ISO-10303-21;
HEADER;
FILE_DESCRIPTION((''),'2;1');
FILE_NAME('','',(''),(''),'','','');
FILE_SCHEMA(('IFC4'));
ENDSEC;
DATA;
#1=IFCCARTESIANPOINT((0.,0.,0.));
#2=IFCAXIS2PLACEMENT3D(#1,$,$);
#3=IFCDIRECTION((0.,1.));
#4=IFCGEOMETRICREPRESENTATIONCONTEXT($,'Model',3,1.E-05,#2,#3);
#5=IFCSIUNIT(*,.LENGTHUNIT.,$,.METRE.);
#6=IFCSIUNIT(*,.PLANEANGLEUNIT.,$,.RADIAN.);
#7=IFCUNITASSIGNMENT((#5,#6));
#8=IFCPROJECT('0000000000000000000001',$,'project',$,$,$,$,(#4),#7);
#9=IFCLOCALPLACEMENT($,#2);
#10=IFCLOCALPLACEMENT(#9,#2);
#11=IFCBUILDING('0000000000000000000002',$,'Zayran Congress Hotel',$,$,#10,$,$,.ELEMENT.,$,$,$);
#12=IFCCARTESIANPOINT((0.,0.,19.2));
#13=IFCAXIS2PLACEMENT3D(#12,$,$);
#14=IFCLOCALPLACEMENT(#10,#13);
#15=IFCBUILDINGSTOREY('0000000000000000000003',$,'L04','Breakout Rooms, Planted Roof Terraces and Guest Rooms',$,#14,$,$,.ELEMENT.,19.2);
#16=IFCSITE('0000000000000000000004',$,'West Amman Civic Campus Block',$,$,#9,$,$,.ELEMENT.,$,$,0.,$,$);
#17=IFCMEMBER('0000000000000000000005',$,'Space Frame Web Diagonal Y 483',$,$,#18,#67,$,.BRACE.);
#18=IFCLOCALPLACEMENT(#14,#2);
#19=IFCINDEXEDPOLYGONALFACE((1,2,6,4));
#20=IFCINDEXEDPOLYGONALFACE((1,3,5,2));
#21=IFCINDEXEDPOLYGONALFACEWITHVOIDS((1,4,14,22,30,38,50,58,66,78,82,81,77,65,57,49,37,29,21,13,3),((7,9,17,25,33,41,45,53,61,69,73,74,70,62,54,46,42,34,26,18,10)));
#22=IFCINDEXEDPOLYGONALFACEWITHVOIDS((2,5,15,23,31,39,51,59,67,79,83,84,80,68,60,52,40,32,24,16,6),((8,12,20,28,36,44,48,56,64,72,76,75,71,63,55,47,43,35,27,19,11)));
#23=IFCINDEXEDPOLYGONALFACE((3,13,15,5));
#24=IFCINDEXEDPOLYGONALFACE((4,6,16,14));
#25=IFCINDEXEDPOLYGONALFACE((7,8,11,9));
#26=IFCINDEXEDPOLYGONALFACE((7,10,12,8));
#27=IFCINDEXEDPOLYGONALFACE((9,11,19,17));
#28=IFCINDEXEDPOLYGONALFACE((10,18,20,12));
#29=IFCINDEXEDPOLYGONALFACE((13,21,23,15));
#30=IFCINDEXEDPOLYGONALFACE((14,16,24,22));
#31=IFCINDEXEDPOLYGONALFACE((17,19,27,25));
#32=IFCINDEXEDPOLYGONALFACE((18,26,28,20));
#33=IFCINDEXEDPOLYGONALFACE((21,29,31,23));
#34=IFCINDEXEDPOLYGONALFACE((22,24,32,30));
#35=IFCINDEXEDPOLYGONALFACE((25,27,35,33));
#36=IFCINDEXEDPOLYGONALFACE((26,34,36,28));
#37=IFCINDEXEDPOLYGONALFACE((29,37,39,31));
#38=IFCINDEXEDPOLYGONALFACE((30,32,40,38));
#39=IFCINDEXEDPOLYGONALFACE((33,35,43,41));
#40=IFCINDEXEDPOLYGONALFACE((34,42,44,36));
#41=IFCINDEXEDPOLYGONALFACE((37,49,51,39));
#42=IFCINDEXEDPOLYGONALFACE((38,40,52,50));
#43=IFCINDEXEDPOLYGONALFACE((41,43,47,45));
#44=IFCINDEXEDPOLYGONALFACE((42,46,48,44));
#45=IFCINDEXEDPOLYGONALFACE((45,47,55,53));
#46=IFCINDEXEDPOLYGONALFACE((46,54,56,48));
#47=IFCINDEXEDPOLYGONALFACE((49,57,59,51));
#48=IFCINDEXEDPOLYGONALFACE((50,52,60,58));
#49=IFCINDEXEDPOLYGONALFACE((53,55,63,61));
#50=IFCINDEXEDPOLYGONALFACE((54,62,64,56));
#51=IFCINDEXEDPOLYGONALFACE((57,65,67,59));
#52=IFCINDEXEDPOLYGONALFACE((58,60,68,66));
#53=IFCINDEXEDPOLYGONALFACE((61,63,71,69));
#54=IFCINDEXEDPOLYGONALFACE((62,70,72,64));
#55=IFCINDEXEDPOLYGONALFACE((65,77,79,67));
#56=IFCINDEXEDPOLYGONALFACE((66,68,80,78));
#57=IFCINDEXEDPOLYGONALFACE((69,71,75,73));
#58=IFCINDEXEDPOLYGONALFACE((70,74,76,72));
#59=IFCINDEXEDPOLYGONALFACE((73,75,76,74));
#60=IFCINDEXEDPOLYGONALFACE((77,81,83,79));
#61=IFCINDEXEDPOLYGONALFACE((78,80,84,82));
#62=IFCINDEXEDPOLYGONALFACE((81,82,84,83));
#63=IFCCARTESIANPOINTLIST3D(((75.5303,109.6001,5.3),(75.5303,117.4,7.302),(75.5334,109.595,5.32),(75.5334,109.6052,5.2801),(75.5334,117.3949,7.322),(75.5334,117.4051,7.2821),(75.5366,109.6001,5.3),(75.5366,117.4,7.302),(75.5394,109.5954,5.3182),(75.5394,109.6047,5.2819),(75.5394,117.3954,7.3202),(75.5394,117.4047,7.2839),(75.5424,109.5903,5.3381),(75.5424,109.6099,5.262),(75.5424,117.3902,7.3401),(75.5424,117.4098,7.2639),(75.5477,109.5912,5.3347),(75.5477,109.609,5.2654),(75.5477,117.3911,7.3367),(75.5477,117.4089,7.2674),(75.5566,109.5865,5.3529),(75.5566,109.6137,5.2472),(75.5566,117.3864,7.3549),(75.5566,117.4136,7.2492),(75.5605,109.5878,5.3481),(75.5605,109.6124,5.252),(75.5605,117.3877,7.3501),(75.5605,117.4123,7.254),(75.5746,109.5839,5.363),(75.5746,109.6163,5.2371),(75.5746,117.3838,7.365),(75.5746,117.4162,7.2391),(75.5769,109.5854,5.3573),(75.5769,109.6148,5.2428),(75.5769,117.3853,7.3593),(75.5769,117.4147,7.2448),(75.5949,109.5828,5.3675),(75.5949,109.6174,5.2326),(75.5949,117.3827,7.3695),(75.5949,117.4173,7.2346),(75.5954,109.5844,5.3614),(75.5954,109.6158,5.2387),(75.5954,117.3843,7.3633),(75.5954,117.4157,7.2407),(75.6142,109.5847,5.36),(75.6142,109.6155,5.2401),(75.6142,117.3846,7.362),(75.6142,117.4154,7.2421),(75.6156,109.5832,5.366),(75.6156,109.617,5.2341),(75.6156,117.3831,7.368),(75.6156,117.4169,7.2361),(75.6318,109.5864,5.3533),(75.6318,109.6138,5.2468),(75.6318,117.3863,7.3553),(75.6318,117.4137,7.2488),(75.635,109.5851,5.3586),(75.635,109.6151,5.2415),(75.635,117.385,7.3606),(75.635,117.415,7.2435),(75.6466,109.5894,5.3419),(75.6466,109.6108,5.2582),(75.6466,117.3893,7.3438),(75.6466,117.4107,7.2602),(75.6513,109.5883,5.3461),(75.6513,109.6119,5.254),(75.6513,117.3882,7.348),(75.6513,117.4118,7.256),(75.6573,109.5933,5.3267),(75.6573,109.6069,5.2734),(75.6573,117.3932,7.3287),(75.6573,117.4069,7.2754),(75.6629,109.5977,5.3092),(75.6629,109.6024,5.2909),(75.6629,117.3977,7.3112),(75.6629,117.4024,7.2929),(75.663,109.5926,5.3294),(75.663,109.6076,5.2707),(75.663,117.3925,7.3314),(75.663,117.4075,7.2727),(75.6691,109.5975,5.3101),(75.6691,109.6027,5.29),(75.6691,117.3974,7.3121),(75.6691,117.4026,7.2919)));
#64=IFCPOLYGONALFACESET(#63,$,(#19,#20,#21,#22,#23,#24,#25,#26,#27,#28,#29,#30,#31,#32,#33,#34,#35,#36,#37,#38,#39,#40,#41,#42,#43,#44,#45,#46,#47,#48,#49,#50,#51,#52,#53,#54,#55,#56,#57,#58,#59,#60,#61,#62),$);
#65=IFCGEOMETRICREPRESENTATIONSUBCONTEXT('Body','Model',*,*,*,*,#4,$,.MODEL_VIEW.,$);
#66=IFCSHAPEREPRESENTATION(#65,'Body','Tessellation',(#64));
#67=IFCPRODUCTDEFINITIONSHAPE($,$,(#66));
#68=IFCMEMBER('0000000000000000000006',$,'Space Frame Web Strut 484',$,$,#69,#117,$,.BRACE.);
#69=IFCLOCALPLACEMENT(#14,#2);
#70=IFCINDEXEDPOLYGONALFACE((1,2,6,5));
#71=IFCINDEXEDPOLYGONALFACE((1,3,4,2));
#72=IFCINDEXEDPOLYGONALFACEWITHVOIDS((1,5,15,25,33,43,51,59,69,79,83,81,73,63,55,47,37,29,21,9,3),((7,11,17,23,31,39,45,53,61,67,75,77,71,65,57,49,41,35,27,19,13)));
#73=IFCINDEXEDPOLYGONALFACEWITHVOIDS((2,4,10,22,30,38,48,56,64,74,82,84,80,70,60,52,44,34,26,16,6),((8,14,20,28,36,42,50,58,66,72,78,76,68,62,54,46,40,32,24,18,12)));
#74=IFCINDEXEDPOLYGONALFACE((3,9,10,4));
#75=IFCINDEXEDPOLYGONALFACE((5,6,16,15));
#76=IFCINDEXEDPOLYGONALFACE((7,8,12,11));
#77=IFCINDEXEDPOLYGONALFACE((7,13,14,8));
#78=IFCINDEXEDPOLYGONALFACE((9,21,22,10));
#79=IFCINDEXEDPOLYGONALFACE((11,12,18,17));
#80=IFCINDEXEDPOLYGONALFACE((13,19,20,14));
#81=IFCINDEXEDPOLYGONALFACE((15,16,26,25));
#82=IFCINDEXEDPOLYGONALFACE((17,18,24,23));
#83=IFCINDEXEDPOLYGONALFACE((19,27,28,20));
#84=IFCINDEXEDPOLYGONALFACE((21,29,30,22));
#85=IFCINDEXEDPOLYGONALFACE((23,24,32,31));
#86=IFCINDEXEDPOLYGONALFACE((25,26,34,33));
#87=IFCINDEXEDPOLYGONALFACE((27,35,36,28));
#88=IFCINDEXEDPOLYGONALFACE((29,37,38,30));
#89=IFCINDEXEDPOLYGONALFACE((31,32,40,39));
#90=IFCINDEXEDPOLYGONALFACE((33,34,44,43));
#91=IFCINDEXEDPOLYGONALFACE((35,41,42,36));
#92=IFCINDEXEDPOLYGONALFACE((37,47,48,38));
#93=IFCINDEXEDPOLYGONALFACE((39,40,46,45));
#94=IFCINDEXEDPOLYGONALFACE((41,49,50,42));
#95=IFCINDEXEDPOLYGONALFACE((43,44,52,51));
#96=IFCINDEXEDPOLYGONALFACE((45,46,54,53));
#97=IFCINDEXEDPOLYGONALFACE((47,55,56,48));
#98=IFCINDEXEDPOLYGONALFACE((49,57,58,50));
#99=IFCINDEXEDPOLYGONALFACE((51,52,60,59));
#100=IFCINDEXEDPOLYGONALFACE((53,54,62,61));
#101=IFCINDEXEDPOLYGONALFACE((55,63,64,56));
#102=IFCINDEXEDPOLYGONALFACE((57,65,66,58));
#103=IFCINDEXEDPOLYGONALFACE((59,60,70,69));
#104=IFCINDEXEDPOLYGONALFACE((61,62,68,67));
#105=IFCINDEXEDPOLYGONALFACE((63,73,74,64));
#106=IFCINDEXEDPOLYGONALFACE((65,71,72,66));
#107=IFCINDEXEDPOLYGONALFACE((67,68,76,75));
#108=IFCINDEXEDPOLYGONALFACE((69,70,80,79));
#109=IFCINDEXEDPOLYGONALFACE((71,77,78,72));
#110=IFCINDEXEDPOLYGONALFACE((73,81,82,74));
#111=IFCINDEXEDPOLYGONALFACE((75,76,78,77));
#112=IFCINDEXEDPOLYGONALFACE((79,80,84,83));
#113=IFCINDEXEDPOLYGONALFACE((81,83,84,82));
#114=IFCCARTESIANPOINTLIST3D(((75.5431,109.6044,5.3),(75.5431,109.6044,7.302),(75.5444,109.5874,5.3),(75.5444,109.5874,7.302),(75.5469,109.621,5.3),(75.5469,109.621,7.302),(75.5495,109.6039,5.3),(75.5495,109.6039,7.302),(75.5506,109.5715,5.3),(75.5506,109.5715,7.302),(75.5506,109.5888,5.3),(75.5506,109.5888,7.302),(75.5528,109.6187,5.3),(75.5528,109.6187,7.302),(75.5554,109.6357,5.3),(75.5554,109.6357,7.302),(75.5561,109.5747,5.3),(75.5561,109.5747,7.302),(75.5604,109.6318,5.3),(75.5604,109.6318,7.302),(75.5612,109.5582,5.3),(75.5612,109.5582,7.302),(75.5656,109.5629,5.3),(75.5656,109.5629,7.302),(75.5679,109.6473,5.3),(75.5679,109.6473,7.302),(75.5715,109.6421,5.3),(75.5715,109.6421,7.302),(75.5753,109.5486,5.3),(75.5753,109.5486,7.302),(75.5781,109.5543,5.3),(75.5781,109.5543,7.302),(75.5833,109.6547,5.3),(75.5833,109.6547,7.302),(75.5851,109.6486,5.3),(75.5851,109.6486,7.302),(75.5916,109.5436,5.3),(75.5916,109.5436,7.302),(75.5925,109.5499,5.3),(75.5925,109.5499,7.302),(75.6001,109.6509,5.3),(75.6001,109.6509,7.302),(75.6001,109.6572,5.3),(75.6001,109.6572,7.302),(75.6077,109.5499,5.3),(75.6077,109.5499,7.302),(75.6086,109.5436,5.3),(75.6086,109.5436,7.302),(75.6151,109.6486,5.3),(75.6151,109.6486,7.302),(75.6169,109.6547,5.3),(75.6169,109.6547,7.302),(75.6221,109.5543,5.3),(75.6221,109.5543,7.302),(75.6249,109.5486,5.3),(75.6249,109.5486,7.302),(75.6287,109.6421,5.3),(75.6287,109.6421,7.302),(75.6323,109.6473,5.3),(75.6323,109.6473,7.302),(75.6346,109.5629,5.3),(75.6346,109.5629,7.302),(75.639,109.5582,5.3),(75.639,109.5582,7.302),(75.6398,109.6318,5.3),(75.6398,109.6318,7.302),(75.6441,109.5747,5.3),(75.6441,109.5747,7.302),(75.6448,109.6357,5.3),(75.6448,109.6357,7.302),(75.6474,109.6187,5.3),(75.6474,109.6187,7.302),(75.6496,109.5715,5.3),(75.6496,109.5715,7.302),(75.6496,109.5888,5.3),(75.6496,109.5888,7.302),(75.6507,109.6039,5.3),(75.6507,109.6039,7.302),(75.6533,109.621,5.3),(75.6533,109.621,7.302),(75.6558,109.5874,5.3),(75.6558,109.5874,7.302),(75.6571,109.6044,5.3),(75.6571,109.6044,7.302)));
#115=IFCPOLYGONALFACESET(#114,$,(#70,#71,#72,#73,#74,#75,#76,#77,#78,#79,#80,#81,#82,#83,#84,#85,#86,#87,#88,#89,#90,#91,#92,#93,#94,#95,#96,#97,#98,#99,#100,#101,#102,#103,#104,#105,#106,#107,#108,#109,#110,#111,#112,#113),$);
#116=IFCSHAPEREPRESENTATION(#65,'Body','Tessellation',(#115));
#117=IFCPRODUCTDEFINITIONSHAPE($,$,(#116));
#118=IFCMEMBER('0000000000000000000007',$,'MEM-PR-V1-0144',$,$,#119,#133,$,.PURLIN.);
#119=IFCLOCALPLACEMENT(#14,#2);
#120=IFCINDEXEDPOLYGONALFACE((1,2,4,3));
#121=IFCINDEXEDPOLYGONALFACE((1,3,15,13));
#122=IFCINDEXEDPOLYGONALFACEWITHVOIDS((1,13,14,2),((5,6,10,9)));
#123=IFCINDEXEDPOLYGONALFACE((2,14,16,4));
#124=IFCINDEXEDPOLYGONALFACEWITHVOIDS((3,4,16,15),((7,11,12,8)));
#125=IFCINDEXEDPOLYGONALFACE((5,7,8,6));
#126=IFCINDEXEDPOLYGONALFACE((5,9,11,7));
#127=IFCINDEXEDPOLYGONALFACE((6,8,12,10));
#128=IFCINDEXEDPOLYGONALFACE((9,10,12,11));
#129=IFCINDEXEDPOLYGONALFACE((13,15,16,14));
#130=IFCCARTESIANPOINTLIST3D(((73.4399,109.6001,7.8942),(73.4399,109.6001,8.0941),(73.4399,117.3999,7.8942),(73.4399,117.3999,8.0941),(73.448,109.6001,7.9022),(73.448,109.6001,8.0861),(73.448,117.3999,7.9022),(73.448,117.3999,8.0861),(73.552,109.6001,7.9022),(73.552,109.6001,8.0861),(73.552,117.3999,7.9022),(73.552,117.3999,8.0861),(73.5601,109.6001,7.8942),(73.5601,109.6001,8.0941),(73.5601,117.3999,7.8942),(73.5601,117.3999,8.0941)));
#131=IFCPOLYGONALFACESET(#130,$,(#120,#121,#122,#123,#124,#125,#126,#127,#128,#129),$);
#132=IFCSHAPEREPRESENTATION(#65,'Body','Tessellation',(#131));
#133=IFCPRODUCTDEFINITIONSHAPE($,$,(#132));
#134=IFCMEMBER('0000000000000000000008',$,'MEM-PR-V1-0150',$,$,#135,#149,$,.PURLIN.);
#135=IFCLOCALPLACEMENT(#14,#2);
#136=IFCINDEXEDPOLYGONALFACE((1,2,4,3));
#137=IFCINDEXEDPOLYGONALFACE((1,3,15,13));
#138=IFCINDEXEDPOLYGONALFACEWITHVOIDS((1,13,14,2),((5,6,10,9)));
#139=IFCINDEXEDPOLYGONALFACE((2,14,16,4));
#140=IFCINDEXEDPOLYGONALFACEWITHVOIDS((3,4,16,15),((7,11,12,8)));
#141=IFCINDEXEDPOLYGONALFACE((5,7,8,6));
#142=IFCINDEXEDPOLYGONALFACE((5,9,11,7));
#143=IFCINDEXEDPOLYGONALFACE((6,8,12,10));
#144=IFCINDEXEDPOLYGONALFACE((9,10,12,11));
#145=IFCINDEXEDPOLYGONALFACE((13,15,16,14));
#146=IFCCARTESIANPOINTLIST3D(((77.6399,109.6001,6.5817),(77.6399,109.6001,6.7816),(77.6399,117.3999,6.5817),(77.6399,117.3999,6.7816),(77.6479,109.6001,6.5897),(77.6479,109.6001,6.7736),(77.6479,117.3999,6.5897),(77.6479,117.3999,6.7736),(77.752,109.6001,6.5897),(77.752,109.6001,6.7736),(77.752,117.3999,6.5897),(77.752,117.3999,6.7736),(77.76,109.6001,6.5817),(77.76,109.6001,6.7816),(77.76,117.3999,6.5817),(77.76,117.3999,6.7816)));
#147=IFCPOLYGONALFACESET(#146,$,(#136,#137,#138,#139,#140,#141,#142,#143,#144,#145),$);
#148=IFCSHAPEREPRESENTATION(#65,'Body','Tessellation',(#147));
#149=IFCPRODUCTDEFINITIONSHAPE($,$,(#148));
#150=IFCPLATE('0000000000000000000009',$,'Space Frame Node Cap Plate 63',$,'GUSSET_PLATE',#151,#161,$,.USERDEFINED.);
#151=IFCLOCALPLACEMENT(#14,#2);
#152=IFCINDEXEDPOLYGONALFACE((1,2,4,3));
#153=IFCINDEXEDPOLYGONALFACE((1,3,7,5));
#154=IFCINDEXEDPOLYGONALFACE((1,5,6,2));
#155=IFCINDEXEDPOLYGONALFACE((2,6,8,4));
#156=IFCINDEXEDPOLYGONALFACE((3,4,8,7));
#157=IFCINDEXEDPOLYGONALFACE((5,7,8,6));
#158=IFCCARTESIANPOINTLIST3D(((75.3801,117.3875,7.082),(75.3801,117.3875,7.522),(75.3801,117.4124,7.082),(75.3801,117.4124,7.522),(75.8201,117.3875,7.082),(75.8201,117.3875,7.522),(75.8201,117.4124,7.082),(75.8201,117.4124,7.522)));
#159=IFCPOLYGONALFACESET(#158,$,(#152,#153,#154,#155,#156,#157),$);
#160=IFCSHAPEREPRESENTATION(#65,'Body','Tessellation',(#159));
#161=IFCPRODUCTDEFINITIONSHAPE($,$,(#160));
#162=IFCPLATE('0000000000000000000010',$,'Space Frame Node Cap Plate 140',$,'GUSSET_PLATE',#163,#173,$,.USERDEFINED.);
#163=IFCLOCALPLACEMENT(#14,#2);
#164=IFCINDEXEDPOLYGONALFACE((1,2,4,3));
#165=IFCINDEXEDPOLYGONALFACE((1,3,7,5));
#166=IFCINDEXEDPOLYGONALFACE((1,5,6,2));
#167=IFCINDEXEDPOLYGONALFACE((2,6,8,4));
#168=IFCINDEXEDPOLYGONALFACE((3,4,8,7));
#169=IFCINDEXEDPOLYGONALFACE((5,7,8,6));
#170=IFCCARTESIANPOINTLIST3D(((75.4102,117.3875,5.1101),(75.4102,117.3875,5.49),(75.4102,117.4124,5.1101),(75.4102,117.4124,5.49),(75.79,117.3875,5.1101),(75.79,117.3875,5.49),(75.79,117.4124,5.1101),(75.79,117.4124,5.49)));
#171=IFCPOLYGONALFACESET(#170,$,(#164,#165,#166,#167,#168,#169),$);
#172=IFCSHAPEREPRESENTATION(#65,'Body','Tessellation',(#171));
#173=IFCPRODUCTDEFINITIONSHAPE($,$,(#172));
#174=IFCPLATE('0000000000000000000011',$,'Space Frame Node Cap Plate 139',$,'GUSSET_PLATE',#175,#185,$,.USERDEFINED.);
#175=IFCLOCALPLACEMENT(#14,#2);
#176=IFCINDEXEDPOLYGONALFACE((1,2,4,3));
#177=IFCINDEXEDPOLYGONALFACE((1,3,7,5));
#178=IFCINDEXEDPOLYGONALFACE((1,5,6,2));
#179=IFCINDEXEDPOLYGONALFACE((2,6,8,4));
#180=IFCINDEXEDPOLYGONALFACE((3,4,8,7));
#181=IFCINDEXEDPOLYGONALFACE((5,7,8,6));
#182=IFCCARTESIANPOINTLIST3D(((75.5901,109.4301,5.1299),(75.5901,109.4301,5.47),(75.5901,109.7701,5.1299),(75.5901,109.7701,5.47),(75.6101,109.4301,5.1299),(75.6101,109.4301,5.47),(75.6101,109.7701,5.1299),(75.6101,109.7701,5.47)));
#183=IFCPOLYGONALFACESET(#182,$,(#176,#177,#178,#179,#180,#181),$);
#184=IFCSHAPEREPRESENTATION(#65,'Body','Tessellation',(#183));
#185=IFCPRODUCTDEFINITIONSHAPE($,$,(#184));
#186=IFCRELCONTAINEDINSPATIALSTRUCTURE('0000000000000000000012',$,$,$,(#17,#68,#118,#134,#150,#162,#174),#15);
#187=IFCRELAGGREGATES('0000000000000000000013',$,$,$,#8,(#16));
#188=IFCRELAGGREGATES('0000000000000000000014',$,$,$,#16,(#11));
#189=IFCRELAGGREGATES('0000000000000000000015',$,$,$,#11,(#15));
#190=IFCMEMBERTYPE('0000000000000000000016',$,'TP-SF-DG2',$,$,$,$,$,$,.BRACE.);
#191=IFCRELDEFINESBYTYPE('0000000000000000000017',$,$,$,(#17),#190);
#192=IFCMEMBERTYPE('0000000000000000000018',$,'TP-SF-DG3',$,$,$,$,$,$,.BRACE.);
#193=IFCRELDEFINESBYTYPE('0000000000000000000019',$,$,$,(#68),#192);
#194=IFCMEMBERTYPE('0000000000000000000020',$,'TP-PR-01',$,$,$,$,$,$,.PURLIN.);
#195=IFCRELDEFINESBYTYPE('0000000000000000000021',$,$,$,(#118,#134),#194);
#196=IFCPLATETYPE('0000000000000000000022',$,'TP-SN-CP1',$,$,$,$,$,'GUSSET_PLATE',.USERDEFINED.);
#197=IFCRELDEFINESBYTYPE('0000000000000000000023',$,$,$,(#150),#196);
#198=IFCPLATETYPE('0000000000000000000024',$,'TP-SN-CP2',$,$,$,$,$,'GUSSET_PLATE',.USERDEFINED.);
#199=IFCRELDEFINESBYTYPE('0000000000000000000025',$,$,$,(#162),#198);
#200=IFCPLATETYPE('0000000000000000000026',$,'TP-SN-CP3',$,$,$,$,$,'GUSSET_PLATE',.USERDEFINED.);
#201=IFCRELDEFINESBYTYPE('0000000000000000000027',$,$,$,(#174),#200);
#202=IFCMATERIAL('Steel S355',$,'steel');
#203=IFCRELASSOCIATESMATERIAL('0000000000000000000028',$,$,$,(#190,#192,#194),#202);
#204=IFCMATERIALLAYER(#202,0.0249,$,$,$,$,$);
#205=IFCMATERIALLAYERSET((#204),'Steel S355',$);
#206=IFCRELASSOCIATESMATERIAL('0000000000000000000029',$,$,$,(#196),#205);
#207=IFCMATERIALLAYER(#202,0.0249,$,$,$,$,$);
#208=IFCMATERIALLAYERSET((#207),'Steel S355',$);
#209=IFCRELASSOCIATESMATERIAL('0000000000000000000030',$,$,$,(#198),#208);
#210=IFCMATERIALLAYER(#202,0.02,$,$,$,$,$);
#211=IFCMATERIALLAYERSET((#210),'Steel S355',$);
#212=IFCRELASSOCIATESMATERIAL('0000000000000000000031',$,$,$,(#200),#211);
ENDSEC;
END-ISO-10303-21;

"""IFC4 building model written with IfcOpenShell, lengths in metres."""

from ifc_helpers import new_model, si_unit, direction, frame, origin, origin_2d, place, context, subcontext, project, spatial, rectangle, hollow_rectangle, hollow_circle, extrude, material, layer, layer_set, material_profile, profile_set, type_object, element, save


model = new_model("IFC4")

# Units and contexts
model_context = context("Model", 3, precision=1e-05, world=origin(), true_north=direction((0.0, 1.0)))
body_context = subcontext(model_context, "Body", "Model", "MODEL_VIEW")
ifc_project = project(units=[si_unit("LENGTHUNIT", "METRE"), si_unit("PLANEANGLEUNIT", "RADIAN")], contexts=[model_context])

# Site, building, storey
site_placement = place(None, origin())
site = spatial("IfcSite", under=ifc_project, at=site_placement, Name="West Amman Civic Campus Block", CompositionType="ELEMENT", RefElevation=0.0)
building_placement = place(site_placement, origin())
building = spatial("IfcBuilding", under=site, at=building_placement, Name="Zayran Congress Hotel", CompositionType="ELEMENT")
storey_placement = place(building_placement, frame((0.0, 0.0, 19.2)))
storey = spatial("IfcBuildingStorey", under=building, at=storey_placement, Name="L04", Description="Breakout Rooms, Planted Roof Terraces and Guest Rooms", CompositionType="ELEMENT", Elevation=19.2)

# Shared definitions
ifc_material_1 = material(Name="Steel S355", Category="steel")

# Members
ifc_material_profile_1 = material_profile(ifc_material_1, hollow_circle(Radius=0.0698, WallThickness=0.0063, at=origin_2d()), Name="CHS 139.7x6.3")
ifc_profile_set_1 = profile_set([ifc_material_profile_1], Name="Steel S355")
member_type_1 = type_object("IfcMemberType", Name="TP-SF-DG2", PredefinedType="BRACE", material=ifc_profile_set_1)
member_1_placement = place(storey_placement, frame((75.6001, 109.6001, 5.3), z_axis=(0.0, 0.968604, 0.248609), x_axis=(-1.0, 0.0, 0.0)))
element("IfcMember", 1, at=member_1_placement, inside=storey, type_object=member_type_1, Name="Space Frame Web Diagonal Y 483", PredefinedType="BRACE", context=body_context, shape_type="SweptSolid", body=[
    extrude(hollow_circle(Radius=0.0698, WallThickness=0.0063, at=origin_2d()), origin(), (0.0, 0.0, 1.0), 8.0527),
])
ifc_material_profile_2 = material_profile(ifc_material_1, hollow_circle(Radius=0.0571, WallThickness=0.0063, at=origin_2d()), Name="CHS 114.3x6.3")
ifc_profile_set_2 = profile_set([ifc_material_profile_2], Name="Steel S355")
member_type_2 = type_object("IfcMemberType", Name="TP-SF-DG3", PredefinedType="BRACE", material=ifc_profile_set_2)
member_2_placement = place(storey_placement, frame((75.6001, 109.6001, 5.3), z_axis=(0.0, 0.0, 1.0), x_axis=(0.0, 1.0, 0.0)))
element("IfcMember", 2, at=member_2_placement, inside=storey, type_object=member_type_2, Name="Space Frame Web Strut 484", PredefinedType="BRACE", context=body_context, shape_type="SweptSolid", body=[
    extrude(hollow_circle(Radius=0.0571, WallThickness=0.0063, at=origin_2d()), origin(), (0.0, 0.0, 1.0), 2.002),
])
ifc_material_profile_3 = material_profile(ifc_material_1, hollow_rectangle(XDim=0.1201, YDim=0.2, WallThickness=0.0081, at=origin_2d()), Name="RHS 200x120x8")
ifc_profile_set_3 = profile_set([ifc_material_profile_3], Name="Steel S355")
member_type_3 = type_object("IfcMemberType", Name="TP-PR-01", PredefinedType="PURLIN", material=ifc_profile_set_3)
for number, where, z_axis, x_axis, name in (
    (3, (73.5, 109.6001, 7.9941), (0.0, 1.0, 0.0), (-1.0, 0.0, 0.0), "MEM-PR-V1-0144"),
    (4, (77.7, 109.6001, 6.6816), (0.0, 1.0, 0.0), (-1.0, 0.0, 0.0), "MEM-PR-V1-0150"),
):
    element("IfcMember", number, at=place(storey_placement, frame(where, z_axis=z_axis, x_axis=x_axis)), inside=storey, type_object=member_type_3, Name=name, PredefinedType="PURLIN", context=body_context, shape_type="SweptSolid", body=[
        extrude(hollow_rectangle(XDim=0.1201, YDim=0.2, WallThickness=0.0081, at=origin_2d()), origin(), (0.0, 0.0, 1.0), 7.7998),
    ])

# Plates
ifc_layer_1 = layer(ifc_material_1, 0.0249)
ifc_layer_set_1 = layer_set([ifc_layer_1], Name="Steel S355")
plate_type_1 = type_object("IfcPlateType", Name="TP-SN-CP1", ElementType="GUSSET_PLATE", PredefinedType="USERDEFINED", material=ifc_layer_set_1)
plate_1_placement = place(storey_placement, frame((75.6001, 117.3999, 7.082), z_axis=(0.0, 0.0, 1.0), x_axis=(1.0, 0.0, 0.0)))
element("IfcPlate", 5, at=plate_1_placement, inside=storey, type_object=plate_type_1, Name="Space Frame Node Cap Plate 63", ObjectType="GUSSET_PLATE", PredefinedType="USERDEFINED", context=body_context, shape_type="SweptSolid", body=[
    extrude(rectangle(XDim=0.4399, YDim=0.0249, at=origin_2d()), origin(), (0.0, 0.0, 1.0), 0.4399),
])
ifc_layer_2 = layer(ifc_material_1, 0.0249)
ifc_layer_set_2 = layer_set([ifc_layer_2], Name="Steel S355")
plate_type_2 = type_object("IfcPlateType", Name="TP-SN-CP2", ElementType="GUSSET_PLATE", PredefinedType="USERDEFINED", material=ifc_layer_set_2)
plate_2_placement = place(storey_placement, frame((75.6001, 117.3999, 5.1101), z_axis=(0.0, 0.0, 1.0), x_axis=(1.0, 0.0, 0.0)))
element("IfcPlate", 6, at=plate_2_placement, inside=storey, type_object=plate_type_2, Name="Space Frame Node Cap Plate 140", ObjectType="GUSSET_PLATE", PredefinedType="USERDEFINED", context=body_context, shape_type="SweptSolid", body=[
    extrude(rectangle(XDim=0.3799, YDim=0.0249, at=origin_2d()), origin(), (0.0, 0.0, 1.0), 0.3799),
])
ifc_layer_3 = layer(ifc_material_1, 0.02)
ifc_layer_set_3 = layer_set([ifc_layer_3], Name="Steel S355")
plate_type_3 = type_object("IfcPlateType", Name="TP-SN-CP3", ElementType="GUSSET_PLATE", PredefinedType="USERDEFINED", material=ifc_layer_set_3)
plate_3_placement = place(storey_placement, frame((75.6001, 109.6001, 5.1299), z_axis=(0.0, 0.0, 1.0), x_axis=(0.0, 1.0, 0.0)))
element("IfcPlate", 7, at=plate_3_placement, inside=storey, type_object=plate_type_3, Name="Space Frame Node Cap Plate 139", ObjectType="GUSSET_PLATE", PredefinedType="USERDEFINED", context=body_context, shape_type="SweptSolid", body=[
    extrude(rectangle(XDim=0.3401, YDim=0.02, at=origin_2d()), origin(), (0.0, 0.0, 1.0), 0.3401),
])

save(model, "model.ifc")
